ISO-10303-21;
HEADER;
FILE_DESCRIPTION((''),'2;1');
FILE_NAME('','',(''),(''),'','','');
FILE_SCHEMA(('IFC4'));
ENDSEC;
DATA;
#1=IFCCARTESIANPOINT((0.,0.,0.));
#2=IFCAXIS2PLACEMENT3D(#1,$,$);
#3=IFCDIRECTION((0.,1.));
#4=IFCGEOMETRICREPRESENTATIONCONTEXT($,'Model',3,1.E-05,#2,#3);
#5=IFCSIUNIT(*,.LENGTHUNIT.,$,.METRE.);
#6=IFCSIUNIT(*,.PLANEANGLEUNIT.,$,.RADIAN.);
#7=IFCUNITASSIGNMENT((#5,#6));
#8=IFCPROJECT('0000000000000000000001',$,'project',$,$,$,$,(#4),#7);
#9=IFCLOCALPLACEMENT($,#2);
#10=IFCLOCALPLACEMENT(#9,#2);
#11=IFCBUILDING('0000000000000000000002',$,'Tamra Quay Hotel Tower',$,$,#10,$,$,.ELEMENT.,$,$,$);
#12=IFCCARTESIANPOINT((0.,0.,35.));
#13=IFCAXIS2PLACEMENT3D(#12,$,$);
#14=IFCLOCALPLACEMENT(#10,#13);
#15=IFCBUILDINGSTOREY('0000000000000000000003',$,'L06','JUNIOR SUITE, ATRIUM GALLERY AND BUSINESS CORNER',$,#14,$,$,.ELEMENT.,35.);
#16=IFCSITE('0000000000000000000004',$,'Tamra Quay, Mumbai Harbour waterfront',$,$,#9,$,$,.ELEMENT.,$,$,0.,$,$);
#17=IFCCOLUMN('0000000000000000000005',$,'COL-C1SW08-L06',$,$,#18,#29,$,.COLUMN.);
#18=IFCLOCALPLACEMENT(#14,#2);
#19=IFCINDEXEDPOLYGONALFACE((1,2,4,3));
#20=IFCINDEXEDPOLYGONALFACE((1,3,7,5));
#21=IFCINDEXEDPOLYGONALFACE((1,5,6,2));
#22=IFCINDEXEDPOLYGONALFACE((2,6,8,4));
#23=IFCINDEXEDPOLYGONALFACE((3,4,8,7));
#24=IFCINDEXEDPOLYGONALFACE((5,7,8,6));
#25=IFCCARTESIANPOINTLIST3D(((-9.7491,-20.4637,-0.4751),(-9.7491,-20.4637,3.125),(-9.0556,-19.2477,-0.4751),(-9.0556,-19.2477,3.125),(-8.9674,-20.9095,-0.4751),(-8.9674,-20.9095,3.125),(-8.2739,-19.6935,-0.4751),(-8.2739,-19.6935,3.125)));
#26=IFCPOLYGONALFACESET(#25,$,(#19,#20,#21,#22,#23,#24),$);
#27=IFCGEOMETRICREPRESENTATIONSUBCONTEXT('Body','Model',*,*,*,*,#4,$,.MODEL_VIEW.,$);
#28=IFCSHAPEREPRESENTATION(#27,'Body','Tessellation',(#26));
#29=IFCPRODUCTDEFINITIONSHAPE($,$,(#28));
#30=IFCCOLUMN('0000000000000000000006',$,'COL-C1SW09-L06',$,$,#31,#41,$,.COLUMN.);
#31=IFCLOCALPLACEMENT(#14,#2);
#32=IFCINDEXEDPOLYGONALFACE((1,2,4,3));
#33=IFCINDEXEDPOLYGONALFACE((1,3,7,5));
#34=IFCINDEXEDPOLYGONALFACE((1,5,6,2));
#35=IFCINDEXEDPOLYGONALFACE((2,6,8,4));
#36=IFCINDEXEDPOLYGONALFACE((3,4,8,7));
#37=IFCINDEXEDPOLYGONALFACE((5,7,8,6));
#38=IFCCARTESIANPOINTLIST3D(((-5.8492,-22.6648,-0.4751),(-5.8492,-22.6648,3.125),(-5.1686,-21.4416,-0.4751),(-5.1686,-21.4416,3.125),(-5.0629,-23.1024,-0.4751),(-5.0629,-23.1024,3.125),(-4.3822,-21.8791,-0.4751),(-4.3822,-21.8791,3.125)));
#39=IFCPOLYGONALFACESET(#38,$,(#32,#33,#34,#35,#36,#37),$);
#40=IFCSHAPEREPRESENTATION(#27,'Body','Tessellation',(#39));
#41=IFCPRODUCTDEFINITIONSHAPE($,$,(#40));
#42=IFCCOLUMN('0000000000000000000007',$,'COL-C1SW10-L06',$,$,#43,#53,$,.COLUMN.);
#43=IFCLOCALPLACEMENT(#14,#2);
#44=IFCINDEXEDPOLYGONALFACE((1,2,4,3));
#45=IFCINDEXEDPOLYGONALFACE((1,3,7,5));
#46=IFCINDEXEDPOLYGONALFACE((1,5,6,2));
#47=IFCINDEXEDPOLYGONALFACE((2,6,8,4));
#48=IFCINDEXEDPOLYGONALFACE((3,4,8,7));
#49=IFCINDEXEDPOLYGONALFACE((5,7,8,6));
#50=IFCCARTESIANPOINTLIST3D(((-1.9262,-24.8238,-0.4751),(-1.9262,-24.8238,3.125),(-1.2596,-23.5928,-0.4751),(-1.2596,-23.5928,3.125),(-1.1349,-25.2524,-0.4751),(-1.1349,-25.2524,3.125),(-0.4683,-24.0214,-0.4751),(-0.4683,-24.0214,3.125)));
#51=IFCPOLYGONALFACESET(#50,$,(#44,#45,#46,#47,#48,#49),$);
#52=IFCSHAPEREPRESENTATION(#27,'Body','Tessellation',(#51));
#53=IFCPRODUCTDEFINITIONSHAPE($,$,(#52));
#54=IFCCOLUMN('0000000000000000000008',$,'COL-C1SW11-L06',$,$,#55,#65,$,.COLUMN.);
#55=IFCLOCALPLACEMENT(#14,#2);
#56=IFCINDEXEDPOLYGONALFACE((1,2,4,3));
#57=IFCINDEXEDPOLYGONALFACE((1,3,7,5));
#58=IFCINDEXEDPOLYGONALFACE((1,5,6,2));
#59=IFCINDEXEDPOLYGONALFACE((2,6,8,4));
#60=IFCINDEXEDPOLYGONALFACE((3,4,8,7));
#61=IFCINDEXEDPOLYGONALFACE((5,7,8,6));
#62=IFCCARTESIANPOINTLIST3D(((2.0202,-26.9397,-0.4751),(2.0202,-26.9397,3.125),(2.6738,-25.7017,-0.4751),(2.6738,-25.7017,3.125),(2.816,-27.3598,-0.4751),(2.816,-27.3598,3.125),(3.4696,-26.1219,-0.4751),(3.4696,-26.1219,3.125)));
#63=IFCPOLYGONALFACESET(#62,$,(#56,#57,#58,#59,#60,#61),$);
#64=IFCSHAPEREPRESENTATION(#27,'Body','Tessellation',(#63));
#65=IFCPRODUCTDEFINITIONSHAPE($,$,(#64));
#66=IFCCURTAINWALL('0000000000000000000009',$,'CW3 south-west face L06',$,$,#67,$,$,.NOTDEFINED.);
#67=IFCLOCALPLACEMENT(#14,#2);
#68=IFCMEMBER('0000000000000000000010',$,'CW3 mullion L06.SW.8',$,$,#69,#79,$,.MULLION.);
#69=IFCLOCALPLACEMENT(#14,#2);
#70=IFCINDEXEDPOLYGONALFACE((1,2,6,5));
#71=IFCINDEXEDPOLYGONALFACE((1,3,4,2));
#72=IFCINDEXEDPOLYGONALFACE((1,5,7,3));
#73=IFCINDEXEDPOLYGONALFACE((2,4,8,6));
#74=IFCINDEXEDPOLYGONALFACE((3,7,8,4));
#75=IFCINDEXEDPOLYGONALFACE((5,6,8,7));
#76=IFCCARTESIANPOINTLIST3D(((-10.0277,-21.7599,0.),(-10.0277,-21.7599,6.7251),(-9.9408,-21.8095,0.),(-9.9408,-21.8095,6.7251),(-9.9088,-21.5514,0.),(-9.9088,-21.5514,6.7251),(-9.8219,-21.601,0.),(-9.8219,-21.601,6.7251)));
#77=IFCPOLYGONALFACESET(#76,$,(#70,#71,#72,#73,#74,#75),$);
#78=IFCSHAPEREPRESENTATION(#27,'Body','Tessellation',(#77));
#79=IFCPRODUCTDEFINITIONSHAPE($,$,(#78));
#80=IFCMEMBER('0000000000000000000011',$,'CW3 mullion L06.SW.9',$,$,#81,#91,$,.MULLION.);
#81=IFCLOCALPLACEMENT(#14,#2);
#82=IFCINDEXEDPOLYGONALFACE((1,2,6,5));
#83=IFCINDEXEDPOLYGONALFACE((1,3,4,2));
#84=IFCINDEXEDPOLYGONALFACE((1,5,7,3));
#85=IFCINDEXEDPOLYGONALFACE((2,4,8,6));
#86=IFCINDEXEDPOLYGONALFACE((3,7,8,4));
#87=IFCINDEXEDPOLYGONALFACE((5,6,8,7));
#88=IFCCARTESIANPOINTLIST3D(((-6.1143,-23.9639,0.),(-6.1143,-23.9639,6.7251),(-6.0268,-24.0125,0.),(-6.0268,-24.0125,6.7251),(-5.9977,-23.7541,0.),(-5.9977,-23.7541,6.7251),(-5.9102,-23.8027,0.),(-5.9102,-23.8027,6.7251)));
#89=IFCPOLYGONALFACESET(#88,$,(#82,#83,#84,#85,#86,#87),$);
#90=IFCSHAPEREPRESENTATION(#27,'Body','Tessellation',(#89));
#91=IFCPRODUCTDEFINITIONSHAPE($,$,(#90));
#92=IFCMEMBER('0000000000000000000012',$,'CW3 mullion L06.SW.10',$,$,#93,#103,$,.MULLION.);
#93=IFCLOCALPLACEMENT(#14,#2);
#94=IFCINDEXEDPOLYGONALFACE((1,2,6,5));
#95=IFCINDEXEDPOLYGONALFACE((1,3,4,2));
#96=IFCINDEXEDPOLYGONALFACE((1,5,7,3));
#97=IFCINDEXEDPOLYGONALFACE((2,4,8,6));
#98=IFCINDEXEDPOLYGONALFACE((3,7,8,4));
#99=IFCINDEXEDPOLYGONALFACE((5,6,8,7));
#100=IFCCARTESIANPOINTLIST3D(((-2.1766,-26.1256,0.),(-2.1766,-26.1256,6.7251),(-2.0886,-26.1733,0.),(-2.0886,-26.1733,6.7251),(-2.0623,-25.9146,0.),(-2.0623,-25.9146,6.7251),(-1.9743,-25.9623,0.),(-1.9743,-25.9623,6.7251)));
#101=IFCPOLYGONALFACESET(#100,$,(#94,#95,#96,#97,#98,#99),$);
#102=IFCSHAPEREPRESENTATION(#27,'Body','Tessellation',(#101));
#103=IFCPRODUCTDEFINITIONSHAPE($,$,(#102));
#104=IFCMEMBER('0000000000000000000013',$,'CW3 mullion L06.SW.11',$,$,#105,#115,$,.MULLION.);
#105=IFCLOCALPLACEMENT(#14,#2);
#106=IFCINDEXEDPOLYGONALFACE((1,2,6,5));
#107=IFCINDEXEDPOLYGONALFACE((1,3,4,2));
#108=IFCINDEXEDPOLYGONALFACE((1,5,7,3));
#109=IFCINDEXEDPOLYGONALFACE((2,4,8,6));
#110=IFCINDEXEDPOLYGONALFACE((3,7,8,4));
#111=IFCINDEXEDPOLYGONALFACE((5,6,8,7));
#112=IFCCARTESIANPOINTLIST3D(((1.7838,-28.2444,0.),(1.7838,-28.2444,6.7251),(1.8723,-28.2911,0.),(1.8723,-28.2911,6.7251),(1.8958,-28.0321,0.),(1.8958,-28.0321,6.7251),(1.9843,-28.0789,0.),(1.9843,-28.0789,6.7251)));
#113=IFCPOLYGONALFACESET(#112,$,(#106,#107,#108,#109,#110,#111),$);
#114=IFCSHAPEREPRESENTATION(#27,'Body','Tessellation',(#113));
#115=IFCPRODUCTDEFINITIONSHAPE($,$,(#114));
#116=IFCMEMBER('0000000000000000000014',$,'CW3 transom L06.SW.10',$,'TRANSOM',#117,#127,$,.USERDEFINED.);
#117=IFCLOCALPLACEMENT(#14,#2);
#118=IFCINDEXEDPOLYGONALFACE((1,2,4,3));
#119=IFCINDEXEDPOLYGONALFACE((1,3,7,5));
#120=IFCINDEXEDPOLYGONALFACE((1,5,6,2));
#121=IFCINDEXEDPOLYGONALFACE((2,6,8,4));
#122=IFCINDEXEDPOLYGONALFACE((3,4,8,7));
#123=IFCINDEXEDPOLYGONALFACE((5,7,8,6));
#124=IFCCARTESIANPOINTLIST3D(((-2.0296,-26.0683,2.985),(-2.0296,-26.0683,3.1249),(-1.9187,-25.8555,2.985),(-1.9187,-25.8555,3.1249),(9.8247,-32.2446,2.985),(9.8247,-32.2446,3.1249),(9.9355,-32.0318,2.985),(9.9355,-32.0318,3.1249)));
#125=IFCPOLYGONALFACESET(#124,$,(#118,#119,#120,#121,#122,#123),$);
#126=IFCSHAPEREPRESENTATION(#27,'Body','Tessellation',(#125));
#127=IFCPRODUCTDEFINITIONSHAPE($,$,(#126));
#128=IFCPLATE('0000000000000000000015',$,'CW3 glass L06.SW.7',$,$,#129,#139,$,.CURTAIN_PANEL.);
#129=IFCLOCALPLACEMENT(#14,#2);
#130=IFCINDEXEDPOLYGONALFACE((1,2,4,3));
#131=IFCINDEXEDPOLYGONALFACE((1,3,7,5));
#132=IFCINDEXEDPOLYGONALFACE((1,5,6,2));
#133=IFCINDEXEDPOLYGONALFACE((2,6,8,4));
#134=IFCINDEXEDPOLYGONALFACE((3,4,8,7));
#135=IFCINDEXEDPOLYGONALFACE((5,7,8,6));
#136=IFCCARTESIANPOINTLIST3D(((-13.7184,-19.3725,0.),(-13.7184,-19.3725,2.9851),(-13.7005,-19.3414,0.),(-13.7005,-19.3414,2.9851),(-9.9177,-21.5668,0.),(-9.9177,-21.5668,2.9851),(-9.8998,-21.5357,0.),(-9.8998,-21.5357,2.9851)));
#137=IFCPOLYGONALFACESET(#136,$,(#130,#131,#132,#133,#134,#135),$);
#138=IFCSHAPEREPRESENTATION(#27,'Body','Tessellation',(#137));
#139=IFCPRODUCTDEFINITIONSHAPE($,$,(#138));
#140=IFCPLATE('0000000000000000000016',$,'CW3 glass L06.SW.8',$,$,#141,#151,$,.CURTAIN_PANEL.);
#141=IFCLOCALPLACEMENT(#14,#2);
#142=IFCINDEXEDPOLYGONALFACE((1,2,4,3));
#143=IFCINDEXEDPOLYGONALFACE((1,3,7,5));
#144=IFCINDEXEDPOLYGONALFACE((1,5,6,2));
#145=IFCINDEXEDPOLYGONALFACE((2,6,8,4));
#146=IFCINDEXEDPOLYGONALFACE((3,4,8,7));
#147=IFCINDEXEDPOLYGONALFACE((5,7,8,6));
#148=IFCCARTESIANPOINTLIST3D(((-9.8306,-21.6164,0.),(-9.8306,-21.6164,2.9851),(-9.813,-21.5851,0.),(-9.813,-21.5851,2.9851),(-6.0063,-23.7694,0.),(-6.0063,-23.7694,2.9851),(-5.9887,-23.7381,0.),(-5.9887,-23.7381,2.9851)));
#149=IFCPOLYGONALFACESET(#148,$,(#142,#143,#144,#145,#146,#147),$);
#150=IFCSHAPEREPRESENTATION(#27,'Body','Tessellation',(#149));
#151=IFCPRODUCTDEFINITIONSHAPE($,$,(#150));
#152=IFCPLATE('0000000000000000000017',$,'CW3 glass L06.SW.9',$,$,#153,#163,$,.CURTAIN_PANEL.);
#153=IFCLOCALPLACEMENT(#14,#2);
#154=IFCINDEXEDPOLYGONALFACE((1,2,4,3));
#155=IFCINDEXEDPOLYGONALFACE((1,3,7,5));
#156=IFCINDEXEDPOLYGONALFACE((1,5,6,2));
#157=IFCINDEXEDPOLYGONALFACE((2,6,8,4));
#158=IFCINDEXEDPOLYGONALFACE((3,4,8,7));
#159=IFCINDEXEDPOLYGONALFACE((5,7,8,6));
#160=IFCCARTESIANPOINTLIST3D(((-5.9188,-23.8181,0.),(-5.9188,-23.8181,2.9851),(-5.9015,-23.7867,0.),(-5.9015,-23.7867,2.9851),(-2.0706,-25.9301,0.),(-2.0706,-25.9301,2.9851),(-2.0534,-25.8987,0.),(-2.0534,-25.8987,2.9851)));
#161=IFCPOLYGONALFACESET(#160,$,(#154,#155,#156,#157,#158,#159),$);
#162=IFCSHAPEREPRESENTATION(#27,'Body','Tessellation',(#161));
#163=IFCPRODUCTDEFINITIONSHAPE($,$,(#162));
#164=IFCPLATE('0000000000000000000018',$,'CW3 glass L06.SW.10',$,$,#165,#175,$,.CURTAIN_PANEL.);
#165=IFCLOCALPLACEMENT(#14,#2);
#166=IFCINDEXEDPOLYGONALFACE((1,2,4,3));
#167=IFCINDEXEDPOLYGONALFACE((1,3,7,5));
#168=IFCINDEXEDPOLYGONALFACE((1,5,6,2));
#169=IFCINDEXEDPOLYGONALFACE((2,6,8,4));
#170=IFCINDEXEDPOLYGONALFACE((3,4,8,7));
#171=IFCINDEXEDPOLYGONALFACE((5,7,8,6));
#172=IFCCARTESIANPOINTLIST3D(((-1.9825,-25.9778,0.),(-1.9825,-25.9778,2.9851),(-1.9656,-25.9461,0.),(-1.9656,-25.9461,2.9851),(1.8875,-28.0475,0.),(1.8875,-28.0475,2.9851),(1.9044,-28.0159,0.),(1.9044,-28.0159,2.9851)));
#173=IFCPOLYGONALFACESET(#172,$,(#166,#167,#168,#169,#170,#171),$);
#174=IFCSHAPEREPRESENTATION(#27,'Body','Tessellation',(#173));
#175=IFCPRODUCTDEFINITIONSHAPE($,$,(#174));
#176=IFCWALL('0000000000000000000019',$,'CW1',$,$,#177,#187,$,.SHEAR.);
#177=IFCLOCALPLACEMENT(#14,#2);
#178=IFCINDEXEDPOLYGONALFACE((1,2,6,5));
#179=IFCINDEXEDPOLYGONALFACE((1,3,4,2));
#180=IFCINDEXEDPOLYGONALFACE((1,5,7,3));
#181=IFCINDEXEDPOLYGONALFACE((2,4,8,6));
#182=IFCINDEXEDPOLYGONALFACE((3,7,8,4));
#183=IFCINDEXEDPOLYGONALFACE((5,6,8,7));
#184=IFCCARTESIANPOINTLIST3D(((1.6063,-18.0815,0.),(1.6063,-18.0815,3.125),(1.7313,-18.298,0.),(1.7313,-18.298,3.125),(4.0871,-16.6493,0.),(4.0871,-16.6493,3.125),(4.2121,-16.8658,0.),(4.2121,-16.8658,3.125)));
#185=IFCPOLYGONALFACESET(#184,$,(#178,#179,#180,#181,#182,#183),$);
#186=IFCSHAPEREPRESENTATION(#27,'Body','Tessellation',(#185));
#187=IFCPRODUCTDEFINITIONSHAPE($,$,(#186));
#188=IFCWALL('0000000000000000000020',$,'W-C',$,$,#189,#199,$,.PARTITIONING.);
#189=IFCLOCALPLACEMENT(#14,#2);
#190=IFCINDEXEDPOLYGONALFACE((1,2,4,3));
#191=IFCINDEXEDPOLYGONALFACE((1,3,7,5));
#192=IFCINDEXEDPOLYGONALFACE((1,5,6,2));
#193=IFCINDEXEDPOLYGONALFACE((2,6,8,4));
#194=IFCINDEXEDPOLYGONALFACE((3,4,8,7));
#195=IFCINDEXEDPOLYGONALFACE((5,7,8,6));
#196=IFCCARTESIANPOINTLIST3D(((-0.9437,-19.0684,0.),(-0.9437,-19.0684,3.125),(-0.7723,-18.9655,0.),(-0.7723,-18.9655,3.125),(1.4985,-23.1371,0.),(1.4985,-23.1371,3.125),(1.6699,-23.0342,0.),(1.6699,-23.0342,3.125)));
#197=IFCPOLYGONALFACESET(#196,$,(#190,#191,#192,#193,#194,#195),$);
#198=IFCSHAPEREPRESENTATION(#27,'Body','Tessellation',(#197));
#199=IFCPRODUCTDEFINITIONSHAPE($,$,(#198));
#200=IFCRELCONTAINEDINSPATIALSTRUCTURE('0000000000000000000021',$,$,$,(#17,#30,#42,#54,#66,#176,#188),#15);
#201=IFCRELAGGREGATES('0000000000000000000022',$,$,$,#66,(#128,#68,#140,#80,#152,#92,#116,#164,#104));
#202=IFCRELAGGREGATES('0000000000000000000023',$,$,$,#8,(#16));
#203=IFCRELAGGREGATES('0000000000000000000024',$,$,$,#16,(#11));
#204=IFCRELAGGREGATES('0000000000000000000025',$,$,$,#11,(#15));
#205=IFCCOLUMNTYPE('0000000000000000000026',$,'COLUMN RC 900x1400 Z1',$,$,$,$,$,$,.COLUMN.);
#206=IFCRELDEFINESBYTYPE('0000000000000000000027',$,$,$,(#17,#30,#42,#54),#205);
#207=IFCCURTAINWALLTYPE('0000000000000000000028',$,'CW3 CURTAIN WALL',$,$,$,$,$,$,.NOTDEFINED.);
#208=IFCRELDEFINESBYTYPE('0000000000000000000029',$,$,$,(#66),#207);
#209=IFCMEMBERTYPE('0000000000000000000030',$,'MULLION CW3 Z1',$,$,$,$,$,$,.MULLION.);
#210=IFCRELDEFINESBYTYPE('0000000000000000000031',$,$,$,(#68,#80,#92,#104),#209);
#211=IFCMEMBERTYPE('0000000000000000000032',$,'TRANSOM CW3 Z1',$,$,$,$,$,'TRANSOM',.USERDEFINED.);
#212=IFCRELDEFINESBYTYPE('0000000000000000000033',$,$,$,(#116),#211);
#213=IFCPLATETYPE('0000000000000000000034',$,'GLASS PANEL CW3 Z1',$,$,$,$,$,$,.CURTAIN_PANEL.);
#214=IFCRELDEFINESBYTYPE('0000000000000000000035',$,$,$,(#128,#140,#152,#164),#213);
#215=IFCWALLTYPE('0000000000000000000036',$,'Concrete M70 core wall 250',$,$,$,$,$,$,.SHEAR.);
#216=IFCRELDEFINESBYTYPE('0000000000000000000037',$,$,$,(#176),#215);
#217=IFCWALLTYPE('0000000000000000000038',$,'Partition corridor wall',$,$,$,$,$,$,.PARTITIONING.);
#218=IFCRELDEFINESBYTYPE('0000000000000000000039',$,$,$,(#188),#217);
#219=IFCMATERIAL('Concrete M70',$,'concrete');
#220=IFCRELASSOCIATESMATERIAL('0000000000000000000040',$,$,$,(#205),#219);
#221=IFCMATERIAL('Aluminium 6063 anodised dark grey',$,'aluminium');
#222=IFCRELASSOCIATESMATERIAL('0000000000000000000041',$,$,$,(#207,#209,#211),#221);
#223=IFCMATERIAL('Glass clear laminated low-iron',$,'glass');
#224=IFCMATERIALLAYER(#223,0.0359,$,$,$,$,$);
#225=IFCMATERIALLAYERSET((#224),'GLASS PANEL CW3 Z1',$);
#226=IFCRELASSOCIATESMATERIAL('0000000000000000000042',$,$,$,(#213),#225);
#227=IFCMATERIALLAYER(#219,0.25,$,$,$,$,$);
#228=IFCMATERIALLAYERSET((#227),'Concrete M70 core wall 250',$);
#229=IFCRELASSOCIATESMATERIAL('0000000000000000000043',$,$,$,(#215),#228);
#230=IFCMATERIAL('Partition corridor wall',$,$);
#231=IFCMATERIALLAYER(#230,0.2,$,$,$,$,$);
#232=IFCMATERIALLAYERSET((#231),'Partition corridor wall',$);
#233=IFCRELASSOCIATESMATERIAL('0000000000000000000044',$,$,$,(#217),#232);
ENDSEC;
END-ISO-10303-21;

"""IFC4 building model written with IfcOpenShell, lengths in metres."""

from ifc_helpers import new_model, si_unit, direction, frame, frame_2d, origin, origin_2d, place, context, subcontext, project, spatial, rectangle, extrude, material, layer, layer_set, material_profile, profile_set, type_object, element, aggregate, save


model = new_model("IFC4")

# Units and contexts
model_context = context("Model", 3, precision=1e-05, world=origin(), true_north=direction((0.0, 1.0)))
body_context = subcontext(model_context, "Body", "Model", "MODEL_VIEW")
ifc_project = project(units=[si_unit("LENGTHUNIT", "METRE"), si_unit("PLANEANGLEUNIT", "RADIAN")], contexts=[model_context])

# Site, building, storey
site_placement = place(None, origin())
site = spatial("IfcSite", under=ifc_project, at=site_placement, Name="Tamra Quay, Mumbai Harbour waterfront", CompositionType="ELEMENT", RefElevation=0.0)
building_placement = place(site_placement, origin())
building = spatial("IfcBuilding", under=site, at=building_placement, Name="Tamra Quay Hotel Tower", CompositionType="ELEMENT")
storey_placement = place(building_placement, frame((0.0, 0.0, 35.0)))
storey = spatial("IfcBuildingStorey", under=building, at=storey_placement, Name="L06", Description="JUNIOR SUITE, ATRIUM GALLERY AND BUSINESS CORNER", CompositionType="ELEMENT", Elevation=35.0)

# Columns
ifc_material_1 = material(Name="Concrete M70", Category="concrete")
ifc_material_profile_1 = material_profile(ifc_material_1, rectangle(XDim=1.3999, YDim=0.8999, at=origin_2d()), Name="COLUMN RC 900x1400 Z1")
ifc_profile_set_1 = profile_set([ifc_material_profile_1], Name="Concrete M70")
column_type = type_object("IfcColumnType", Name="COLUMN RC 900x1400 Z1", PredefinedType="COLUMN", material=ifc_profile_set_1)
for number, where, z_axis, x_axis, name in (
    (1, (-9.0115, -20.0786, -0.4751), (0.0, 0.0, 1.0), (0.495421, 0.868653, 0.0), "COL-C1SW08-L06"),
    (2, (-5.1157, -22.272, -0.4751), (0.0, 0.0, 1.0), (0.486221, 0.873836, 0.0), "COL-C1SW09-L06"),
    (3, (-1.1973, -24.4226, -0.4751), (0.0, 0.0, 1.0), (0.476198, 0.879338, 0.0), "COL-C1SW10-L06"),
    (4, (2.7449, -26.5308, -0.4751), (0.0, 0.0, 1.0), (0.466896, 0.884312, 0.0), "COL-C1SW11-L06"),
):
    element("IfcColumn", number, at=place(storey_placement, frame(where, z_axis=z_axis, x_axis=x_axis)), inside=storey, type_object=column_type, Name=name, PredefinedType="COLUMN", context=body_context, shape_type="SweptSolid", body=[
        extrude(rectangle(XDim=1.3999, YDim=0.8999, at=origin_2d()), origin(), (0.0, 0.0, 1.0), 3.6001),
    ])

# Curtain wall, members, plates
ifc_material_2 = material(Name="Aluminium 6063 anodised dark grey", Category="aluminium")
curtain_wall_type = type_object("IfcCurtainWallType", Name="CW3 CURTAIN WALL", PredefinedType="NOTDEFINED", material=ifc_material_2)
curtain_wall_placement = place(storey_placement, origin())
curtain_wall = element("IfcCurtainWall", 5, at=curtain_wall_placement, inside=storey, type_object=curtain_wall_type, Name="CW3 south-west face L06", PredefinedType="NOTDEFINED")
ifc_material_profile_2 = material_profile(ifc_material_2, rectangle(XDim=0.24, YDim=0.1001, at=origin_2d()), Name="MULLION 100X240")
ifc_profile_set_2 = profile_set([ifc_material_profile_2], Name="Aluminium 6063 anodised dark grey")
member_type_1 = type_object("IfcMemberType", Name="MULLION CW3 Z1", PredefinedType="MULLION", material=ifc_profile_set_2)
member_1_placement = place(storey_placement, frame((-9.9248, -21.6804, 0.0), z_axis=(0.0, 0.0, 1.0), x_axis=(-0.4953, -0.868722, 0.0)))
member_1 = element("IfcMember", 6, at=member_1_placement, type_object=member_type_1, Name="CW3 mullion L06.SW.8", PredefinedType="MULLION", context=body_context, shape_type="SweptSolid", body=[
    extrude(rectangle(XDim=0.24, YDim=0.1001, at=origin_2d()), origin(), (0.0, 0.0, 1.0), 6.7251),
])
member_2_placement = place(storey_placement, frame((-6.0122, -23.8833, 0.0), z_axis=(0.0, 0.0, 1.0), x_axis=(-0.485863, -0.874035, 0.0)))
member_2 = element("IfcMember", 7, at=member_2_placement, type_object=member_type_1, Name="CW3 mullion L06.SW.9", PredefinedType="MULLION", context=body_context, shape_type="SweptSolid", body=[
    extrude(rectangle(XDim=0.24, YDim=0.1001, at=origin_2d()), origin(), (0.0, 0.0, 1.0), 6.7251),
])
member_3_placement = place(storey_placement, frame((-2.0754, -26.0439, 0.0), z_axis=(0.0, 0.0, 1.0), x_axis=(-0.476376, -0.879241, 0.0)))
member_3 = element("IfcMember", 8, at=member_3_placement, type_object=member_type_1, Name="CW3 mullion L06.SW.10", PredefinedType="MULLION", context=body_context, shape_type="SweptSolid", body=[
    extrude(rectangle(XDim=0.24, YDim=0.1001, at=origin_2d()), origin(), (0.0, 0.0, 1.0), 6.7251),
])
member_4_placement = place(storey_placement, frame((1.884, -28.1616, 0.0), z_axis=(0.0, 0.0, 1.0), x_axis=(-0.466835, -0.884344, 0.0)))
member_4 = element("IfcMember", 9, at=member_4_placement, type_object=member_type_1, Name="CW3 mullion L06.SW.11", PredefinedType="MULLION", context=body_context, shape_type="SweptSolid", body=[
    extrude(rectangle(XDim=0.24, YDim=0.1001, at=origin_2d()), origin(), (0.0, 0.0, 1.0), 6.7251),
])
ifc_material_profile_3 = material_profile(ifc_material_2, rectangle(XDim=0.24, YDim=0.1399, at=origin_2d()), Name="TRANSOM 240X140")
ifc_profile_set_3 = profile_set([ifc_material_profile_3], Name="Aluminium 6063 anodised dark grey")
member_type_2 = type_object("IfcMemberType", Name="TRANSOM CW3 Z1", ElementType="TRANSOM", PredefinedType="USERDEFINED", material=ifc_profile_set_3)
member_5_placement = place(storey_placement, frame((-1.9741, -25.9619, 3.0549), z_axis=(0.886847, -0.462063, 0.0), x_axis=(0.462063, 0.886847, 0.0)))
member_5 = element("IfcMember", 10, at=member_5_placement, type_object=member_type_2, Name="CW3 transom L06.SW.10", ObjectType="TRANSOM", PredefinedType="USERDEFINED", context=body_context, shape_type="SweptSolid", body=[
    extrude(rectangle(XDim=0.24, YDim=0.1399, at=origin_2d()), origin(), (0.0, 0.0, 1.0), 13.3667),
])
ifc_material_3 = material(Name="Glass clear laminated low-iron", Category="glass")
ifc_layer_1 = layer(ifc_material_3, 0.0359)
ifc_layer_set_1 = layer_set([ifc_layer_1], Name="GLASS PANEL CW3 Z1")
plate_type = type_object("IfcPlateType", Name="GLASS PANEL CW3 Z1", PredefinedType="CURTAIN_PANEL", material=ifc_layer_set_1)
plate_1_placement = place(storey_placement, frame((-11.8091, -20.4541, 0.0), z_axis=(0.0, 0.0, 1.0), x_axis=(0.866025, -0.5, 0.0)))
plate_1 = element("IfcPlate", 11, at=plate_1_placement, type_object=plate_type, Name="CW3 glass L06.SW.7", PredefinedType="CURTAIN_PANEL", context=body_context, shape_type="SweptSolid", body=[
    extrude(rectangle(XDim=4.3887, YDim=0.0359, at=origin_2d()), origin(), (0.0, 0.0, 1.0), 2.9851),
])
plate_2_placement = place(storey_placement, frame((-7.9097, -22.6772, 0.0), z_axis=(0.0, 0.0, 1.0), x_axis=(0.871393, -0.490586, 0.0)))
plate_2 = element("IfcPlate", 12, at=plate_2_placement, type_object=plate_type, Name="CW3 glass L06.SW.8", PredefinedType="CURTAIN_PANEL", context=body_context, shape_type="SweptSolid", body=[
    extrude(rectangle(XDim=4.3887, YDim=0.0359, at=origin_2d()), origin(), (0.0, 0.0, 1.0), 2.9851),
])
plate_3_placement = place(storey_placement, frame((-3.9861, -24.8584, 0.0), z_axis=(0.0, 0.0, 1.0), x_axis=(0.876651, -0.481127, 0.0)))
plate_3 = element("IfcPlate", 13, at=plate_3_placement, type_object=plate_type, Name="CW3 glass L06.SW.9", PredefinedType="CURTAIN_PANEL", context=body_context, shape_type="SweptSolid", body=[
    extrude(rectangle(XDim=4.3896, YDim=0.0359, at=origin_2d()), origin(), (0.0, 0.0, 1.0), 2.9851),
])
plate_4_placement = place(storey_placement, frame((-0.0391, -26.9968, 0.0), z_axis=(0.0, 0.0, 1.0), x_axis=(0.881806, -0.471612, 0.0)))
plate_4 = element("IfcPlate", 14, at=plate_4_placement, type_object=plate_type, Name="CW3 glass L06.SW.10", PredefinedType="CURTAIN_PANEL", context=body_context, shape_type="SweptSolid", body=[
    extrude(rectangle(XDim=4.3887, YDim=0.0359, at=origin_2d()), origin(), (0.0, 0.0, 1.0), 2.9851),
])
aggregate(curtain_wall, [plate_1, member_1, plate_2, member_2, plate_3, member_3, member_5, plate_4, member_4])

# Walls
ifc_layer_2 = layer(ifc_material_1, 0.25)
ifc_layer_set_2 = layer_set([ifc_layer_2], Name="Concrete M70 core wall 250")
wall_type_1 = type_object("IfcWallType", Name="Concrete M70 core wall 250", PredefinedType="SHEAR", material=ifc_layer_set_2)
wall_1_placement = place(storey_placement, frame((1.6689, -18.1897, 0.0), z_axis=(0.0, 0.0, 1.0), x_axis=(0.866042, 0.499971, 0.0)))
element("IfcWall", 15, at=wall_1_placement, inside=storey, type_object=wall_type_1, Name="CW1", PredefinedType="SHEAR", context=body_context, shape_type="SweptSolid", body=[
    extrude(rectangle(XDim=2.8645, YDim=0.25, at=frame_2d((1.4321, 0.0))), origin(), (0.0, 0.0, 1.0), 3.125),
])
ifc_material_4 = material(Name="Partition corridor wall")
ifc_layer_3 = layer(ifc_material_4, 0.2)
ifc_layer_set_3 = layer_set([ifc_layer_3], Name="Partition corridor wall")
wall_type_2 = type_object("IfcWallType", Name="Partition corridor wall", PredefinedType="PARTITIONING", material=ifc_layer_set_3)
wall_2_placement = place(storey_placement, frame((-0.8579, -19.0171, 0.0), z_axis=(0.0, 0.0, 1.0), x_axis=(0.514647, -0.857402, 0.0)))
element("IfcWall", 16, at=wall_2_placement, inside=storey, type_object=wall_type_2, Name="W-C", PredefinedType="PARTITIONING", context=body_context, shape_type="SweptSolid", body=[
    extrude(rectangle(XDim=4.7454, YDim=0.2, at=frame_2d((2.3726, 0.0))), origin(), (0.0, 0.0, 1.0), 3.125),
])

save(model, "model.ifc")
